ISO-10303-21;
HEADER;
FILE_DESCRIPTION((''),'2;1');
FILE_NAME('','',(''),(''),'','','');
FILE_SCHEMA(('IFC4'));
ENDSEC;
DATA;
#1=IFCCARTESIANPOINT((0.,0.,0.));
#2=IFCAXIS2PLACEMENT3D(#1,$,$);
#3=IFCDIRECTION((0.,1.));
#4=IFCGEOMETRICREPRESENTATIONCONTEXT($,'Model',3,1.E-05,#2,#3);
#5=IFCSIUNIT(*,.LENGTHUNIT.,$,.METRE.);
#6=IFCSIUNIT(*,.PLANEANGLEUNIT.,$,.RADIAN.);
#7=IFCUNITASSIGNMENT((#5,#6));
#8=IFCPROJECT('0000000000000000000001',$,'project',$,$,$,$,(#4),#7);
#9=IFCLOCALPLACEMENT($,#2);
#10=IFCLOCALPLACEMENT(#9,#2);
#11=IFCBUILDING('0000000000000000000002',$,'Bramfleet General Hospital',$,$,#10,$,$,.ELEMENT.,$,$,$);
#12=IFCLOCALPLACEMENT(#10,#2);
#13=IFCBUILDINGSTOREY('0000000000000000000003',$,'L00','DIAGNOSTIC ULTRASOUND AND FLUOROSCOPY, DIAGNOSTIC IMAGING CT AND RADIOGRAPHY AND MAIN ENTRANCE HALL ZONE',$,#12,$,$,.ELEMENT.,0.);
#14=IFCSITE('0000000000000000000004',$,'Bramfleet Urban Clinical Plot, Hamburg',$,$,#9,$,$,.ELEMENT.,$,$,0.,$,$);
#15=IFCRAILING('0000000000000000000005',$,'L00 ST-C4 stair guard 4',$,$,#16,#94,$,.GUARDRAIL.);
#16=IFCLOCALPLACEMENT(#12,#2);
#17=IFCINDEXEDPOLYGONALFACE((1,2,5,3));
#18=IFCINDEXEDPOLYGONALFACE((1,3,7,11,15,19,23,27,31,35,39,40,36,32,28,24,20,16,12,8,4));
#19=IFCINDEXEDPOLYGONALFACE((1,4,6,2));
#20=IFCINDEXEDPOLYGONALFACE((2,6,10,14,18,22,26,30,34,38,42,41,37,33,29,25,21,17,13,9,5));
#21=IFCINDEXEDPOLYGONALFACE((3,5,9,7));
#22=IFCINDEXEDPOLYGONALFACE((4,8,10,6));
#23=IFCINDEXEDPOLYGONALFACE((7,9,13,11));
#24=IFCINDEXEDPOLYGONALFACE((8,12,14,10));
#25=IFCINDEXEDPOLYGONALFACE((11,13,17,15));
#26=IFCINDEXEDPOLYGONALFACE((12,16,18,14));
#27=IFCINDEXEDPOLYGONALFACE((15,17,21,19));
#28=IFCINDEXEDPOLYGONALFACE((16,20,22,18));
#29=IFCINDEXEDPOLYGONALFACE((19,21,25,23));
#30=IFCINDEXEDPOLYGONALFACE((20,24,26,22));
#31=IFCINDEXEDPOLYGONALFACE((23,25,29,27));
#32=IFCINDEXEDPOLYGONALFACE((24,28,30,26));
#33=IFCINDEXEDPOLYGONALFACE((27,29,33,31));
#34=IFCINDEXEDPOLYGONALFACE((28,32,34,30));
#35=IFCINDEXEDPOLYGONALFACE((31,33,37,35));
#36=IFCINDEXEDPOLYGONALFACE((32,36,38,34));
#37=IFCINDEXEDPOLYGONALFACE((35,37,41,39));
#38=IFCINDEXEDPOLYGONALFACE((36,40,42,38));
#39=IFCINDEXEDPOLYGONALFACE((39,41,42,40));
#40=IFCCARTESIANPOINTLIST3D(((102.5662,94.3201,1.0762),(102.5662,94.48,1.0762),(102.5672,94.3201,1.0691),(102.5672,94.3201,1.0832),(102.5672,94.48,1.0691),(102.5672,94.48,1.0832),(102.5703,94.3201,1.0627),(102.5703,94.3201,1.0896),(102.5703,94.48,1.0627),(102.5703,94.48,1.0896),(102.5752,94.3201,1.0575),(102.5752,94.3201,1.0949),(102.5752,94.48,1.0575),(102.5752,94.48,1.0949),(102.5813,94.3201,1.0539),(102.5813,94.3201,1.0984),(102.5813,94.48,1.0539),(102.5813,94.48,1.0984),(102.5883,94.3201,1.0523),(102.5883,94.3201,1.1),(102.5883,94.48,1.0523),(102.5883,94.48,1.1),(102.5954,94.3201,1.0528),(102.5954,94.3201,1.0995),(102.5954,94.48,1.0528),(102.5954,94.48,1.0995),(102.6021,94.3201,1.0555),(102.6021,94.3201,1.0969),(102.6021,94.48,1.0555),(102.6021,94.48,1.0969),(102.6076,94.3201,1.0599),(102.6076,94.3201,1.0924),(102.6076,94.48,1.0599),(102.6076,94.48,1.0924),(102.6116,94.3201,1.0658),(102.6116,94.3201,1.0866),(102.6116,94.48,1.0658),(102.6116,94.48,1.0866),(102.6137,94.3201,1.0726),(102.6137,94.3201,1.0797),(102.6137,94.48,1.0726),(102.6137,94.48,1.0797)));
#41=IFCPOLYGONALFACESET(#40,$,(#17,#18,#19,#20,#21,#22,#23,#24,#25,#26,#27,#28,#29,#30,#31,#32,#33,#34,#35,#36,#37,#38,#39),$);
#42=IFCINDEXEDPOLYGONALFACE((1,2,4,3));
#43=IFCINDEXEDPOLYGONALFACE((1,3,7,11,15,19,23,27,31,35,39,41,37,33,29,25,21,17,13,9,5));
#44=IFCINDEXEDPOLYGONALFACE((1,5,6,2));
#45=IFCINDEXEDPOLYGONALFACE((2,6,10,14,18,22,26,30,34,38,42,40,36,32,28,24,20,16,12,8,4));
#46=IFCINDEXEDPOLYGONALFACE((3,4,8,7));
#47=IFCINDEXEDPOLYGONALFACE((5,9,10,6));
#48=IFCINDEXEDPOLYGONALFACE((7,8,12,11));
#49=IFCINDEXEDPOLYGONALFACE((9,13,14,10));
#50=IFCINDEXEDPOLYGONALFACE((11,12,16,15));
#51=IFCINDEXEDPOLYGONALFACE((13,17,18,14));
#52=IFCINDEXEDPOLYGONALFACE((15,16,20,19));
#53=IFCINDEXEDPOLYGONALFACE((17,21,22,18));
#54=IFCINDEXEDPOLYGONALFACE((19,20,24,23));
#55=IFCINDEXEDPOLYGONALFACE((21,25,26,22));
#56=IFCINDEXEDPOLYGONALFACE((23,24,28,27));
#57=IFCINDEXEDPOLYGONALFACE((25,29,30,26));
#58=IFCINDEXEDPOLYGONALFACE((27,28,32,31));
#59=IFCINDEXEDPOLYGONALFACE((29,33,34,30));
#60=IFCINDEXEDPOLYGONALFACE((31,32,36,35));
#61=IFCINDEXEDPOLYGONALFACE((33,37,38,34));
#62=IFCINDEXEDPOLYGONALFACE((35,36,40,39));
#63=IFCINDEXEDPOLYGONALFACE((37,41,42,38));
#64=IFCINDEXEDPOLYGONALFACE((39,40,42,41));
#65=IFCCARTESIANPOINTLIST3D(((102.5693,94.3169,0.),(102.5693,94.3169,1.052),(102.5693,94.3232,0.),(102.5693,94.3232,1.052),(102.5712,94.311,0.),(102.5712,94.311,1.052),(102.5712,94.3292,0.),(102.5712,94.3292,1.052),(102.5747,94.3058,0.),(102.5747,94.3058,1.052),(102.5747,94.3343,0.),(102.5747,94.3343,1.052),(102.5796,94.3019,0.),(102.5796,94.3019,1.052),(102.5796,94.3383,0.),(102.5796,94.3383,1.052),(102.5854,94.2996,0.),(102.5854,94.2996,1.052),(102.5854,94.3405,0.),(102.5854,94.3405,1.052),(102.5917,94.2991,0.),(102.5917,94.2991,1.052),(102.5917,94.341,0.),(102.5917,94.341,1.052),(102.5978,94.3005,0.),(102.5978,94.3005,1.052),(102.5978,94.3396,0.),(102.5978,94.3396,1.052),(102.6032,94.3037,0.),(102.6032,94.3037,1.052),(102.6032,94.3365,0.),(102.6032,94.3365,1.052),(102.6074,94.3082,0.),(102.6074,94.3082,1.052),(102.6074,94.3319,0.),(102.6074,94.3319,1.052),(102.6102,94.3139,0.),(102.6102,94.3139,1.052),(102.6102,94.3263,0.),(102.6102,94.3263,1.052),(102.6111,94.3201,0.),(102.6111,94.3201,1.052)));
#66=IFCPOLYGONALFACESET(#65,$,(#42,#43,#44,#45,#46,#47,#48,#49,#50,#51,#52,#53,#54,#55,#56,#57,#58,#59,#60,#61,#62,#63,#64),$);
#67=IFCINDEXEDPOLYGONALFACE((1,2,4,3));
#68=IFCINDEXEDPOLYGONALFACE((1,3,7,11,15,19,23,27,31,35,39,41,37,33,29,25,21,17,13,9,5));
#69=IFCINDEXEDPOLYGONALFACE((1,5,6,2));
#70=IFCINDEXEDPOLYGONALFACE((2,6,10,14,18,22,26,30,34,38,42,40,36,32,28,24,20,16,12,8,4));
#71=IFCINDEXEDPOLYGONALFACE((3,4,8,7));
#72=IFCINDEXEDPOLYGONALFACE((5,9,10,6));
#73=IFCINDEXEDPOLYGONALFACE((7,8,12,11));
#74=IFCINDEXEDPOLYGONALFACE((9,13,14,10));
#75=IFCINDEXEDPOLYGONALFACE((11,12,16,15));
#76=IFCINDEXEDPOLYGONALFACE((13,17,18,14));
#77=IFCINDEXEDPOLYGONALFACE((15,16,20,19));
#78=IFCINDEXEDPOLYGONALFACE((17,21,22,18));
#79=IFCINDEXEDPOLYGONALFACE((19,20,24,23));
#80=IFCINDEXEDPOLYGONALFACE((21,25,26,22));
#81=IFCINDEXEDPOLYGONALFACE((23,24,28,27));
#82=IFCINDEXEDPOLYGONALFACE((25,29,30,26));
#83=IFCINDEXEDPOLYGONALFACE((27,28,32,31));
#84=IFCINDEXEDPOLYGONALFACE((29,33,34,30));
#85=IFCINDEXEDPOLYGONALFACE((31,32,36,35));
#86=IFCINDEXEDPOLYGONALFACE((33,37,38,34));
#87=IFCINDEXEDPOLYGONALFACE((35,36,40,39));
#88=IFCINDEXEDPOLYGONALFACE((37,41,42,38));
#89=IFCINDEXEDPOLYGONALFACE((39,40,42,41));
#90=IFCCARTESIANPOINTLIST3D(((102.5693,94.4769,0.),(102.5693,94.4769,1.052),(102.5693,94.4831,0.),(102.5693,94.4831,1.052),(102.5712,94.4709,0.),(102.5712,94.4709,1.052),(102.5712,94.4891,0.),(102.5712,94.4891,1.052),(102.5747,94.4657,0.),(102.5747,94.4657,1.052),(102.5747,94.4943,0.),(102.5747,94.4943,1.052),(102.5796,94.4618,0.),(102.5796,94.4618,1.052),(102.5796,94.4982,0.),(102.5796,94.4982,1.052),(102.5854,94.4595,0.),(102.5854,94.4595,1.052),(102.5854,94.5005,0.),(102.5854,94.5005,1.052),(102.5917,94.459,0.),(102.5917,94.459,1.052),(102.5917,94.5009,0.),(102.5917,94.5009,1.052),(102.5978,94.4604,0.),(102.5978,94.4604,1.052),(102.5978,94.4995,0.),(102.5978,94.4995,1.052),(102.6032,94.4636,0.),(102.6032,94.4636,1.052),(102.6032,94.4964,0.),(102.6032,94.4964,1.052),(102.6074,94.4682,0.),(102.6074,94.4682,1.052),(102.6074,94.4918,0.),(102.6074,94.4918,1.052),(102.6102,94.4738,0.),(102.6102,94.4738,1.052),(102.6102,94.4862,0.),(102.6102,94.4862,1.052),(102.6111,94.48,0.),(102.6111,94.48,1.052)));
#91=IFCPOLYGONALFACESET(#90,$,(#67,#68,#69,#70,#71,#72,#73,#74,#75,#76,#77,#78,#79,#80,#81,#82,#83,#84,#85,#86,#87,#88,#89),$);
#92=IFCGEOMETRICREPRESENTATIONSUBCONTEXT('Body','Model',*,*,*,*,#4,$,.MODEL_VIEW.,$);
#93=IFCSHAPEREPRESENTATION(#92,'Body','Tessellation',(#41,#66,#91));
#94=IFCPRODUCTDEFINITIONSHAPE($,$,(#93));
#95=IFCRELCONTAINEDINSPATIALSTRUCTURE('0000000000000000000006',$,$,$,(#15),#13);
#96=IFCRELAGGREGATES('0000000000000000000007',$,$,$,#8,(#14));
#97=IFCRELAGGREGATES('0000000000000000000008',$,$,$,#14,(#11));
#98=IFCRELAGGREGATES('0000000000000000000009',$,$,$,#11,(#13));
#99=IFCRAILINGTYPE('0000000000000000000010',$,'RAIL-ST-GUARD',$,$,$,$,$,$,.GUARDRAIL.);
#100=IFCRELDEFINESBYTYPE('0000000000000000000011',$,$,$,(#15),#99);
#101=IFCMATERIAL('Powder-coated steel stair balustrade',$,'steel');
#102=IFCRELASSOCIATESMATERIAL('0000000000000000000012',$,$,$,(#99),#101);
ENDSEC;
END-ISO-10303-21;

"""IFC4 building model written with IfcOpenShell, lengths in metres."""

from ifc_helpers import new_model, si_unit, direction, frame, origin, origin_2d, place, context, subcontext, project, spatial, circle, extrude, material, type_object, element, save


model = new_model("IFC4")

# Units and contexts
model_context = context("Model", 3, precision=1e-05, world=origin(), true_north=direction((0.0, 1.0)))
body_context = subcontext(model_context, "Body", "Model", "MODEL_VIEW")
ifc_project = project(units=[si_unit("LENGTHUNIT", "METRE"), si_unit("PLANEANGLEUNIT", "RADIAN")], contexts=[model_context])

# Site, building, storey
site_placement = place(None, origin())
site = spatial("IfcSite", under=ifc_project, at=site_placement, Name="Bramfleet Urban Clinical Plot, Hamburg", CompositionType="ELEMENT", RefElevation=0.0)
building_placement = place(site_placement, origin())
building = spatial("IfcBuilding", under=site, at=building_placement, Name="Bramfleet General Hospital", CompositionType="ELEMENT")
storey_placement = place(building_placement, origin())
storey = spatial("IfcBuildingStorey", under=building, at=storey_placement, Name="L00", Description="DIAGNOSTIC ULTRASOUND AND FLUOROSCOPY, DIAGNOSTIC IMAGING CT AND RADIOGRAPHY AND MAIN ENTRANCE HALL ZONE", CompositionType="ELEMENT", Elevation=0.0)

# Railing
ifc_material_1 = material(Name="Powder-coated steel stair balustrade", Category="steel")
railing_type_1 = type_object("IfcRailingType", Name="RAIL-ST-GUARD", PredefinedType="GUARDRAIL", material=ifc_material_1)
railing_1_placement = place(storey_placement, frame((102.5901, 94.3201, 0.0)))
element("IfcRailing", 1, at=railing_1_placement, inside=storey, type_object=railing_type_1, Name="L00 ST-C4 stair guard 4", PredefinedType="GUARDRAIL", context=body_context, shape_type="SweptSolid", body=[
    extrude(circle(Radius=0.0239, at=origin_2d()), frame((0.0, 0.0, 1.0762), z_axis=(0.0, 1.0, 0.0), x_axis=(-1.0, 0.0, 0.0)), (0.0, 0.0, 1.0), 0.1599),
    extrude(circle(Radius=0.021, at=origin_2d()), origin(), (0.0, 0.0, 1.0), 1.052),
    extrude(circle(Radius=0.021, at=origin_2d()), frame((0.0, 0.1599, 0.0)), (0.0, 0.0, 1.0), 1.052),
])

save(model, "model.ifc")
